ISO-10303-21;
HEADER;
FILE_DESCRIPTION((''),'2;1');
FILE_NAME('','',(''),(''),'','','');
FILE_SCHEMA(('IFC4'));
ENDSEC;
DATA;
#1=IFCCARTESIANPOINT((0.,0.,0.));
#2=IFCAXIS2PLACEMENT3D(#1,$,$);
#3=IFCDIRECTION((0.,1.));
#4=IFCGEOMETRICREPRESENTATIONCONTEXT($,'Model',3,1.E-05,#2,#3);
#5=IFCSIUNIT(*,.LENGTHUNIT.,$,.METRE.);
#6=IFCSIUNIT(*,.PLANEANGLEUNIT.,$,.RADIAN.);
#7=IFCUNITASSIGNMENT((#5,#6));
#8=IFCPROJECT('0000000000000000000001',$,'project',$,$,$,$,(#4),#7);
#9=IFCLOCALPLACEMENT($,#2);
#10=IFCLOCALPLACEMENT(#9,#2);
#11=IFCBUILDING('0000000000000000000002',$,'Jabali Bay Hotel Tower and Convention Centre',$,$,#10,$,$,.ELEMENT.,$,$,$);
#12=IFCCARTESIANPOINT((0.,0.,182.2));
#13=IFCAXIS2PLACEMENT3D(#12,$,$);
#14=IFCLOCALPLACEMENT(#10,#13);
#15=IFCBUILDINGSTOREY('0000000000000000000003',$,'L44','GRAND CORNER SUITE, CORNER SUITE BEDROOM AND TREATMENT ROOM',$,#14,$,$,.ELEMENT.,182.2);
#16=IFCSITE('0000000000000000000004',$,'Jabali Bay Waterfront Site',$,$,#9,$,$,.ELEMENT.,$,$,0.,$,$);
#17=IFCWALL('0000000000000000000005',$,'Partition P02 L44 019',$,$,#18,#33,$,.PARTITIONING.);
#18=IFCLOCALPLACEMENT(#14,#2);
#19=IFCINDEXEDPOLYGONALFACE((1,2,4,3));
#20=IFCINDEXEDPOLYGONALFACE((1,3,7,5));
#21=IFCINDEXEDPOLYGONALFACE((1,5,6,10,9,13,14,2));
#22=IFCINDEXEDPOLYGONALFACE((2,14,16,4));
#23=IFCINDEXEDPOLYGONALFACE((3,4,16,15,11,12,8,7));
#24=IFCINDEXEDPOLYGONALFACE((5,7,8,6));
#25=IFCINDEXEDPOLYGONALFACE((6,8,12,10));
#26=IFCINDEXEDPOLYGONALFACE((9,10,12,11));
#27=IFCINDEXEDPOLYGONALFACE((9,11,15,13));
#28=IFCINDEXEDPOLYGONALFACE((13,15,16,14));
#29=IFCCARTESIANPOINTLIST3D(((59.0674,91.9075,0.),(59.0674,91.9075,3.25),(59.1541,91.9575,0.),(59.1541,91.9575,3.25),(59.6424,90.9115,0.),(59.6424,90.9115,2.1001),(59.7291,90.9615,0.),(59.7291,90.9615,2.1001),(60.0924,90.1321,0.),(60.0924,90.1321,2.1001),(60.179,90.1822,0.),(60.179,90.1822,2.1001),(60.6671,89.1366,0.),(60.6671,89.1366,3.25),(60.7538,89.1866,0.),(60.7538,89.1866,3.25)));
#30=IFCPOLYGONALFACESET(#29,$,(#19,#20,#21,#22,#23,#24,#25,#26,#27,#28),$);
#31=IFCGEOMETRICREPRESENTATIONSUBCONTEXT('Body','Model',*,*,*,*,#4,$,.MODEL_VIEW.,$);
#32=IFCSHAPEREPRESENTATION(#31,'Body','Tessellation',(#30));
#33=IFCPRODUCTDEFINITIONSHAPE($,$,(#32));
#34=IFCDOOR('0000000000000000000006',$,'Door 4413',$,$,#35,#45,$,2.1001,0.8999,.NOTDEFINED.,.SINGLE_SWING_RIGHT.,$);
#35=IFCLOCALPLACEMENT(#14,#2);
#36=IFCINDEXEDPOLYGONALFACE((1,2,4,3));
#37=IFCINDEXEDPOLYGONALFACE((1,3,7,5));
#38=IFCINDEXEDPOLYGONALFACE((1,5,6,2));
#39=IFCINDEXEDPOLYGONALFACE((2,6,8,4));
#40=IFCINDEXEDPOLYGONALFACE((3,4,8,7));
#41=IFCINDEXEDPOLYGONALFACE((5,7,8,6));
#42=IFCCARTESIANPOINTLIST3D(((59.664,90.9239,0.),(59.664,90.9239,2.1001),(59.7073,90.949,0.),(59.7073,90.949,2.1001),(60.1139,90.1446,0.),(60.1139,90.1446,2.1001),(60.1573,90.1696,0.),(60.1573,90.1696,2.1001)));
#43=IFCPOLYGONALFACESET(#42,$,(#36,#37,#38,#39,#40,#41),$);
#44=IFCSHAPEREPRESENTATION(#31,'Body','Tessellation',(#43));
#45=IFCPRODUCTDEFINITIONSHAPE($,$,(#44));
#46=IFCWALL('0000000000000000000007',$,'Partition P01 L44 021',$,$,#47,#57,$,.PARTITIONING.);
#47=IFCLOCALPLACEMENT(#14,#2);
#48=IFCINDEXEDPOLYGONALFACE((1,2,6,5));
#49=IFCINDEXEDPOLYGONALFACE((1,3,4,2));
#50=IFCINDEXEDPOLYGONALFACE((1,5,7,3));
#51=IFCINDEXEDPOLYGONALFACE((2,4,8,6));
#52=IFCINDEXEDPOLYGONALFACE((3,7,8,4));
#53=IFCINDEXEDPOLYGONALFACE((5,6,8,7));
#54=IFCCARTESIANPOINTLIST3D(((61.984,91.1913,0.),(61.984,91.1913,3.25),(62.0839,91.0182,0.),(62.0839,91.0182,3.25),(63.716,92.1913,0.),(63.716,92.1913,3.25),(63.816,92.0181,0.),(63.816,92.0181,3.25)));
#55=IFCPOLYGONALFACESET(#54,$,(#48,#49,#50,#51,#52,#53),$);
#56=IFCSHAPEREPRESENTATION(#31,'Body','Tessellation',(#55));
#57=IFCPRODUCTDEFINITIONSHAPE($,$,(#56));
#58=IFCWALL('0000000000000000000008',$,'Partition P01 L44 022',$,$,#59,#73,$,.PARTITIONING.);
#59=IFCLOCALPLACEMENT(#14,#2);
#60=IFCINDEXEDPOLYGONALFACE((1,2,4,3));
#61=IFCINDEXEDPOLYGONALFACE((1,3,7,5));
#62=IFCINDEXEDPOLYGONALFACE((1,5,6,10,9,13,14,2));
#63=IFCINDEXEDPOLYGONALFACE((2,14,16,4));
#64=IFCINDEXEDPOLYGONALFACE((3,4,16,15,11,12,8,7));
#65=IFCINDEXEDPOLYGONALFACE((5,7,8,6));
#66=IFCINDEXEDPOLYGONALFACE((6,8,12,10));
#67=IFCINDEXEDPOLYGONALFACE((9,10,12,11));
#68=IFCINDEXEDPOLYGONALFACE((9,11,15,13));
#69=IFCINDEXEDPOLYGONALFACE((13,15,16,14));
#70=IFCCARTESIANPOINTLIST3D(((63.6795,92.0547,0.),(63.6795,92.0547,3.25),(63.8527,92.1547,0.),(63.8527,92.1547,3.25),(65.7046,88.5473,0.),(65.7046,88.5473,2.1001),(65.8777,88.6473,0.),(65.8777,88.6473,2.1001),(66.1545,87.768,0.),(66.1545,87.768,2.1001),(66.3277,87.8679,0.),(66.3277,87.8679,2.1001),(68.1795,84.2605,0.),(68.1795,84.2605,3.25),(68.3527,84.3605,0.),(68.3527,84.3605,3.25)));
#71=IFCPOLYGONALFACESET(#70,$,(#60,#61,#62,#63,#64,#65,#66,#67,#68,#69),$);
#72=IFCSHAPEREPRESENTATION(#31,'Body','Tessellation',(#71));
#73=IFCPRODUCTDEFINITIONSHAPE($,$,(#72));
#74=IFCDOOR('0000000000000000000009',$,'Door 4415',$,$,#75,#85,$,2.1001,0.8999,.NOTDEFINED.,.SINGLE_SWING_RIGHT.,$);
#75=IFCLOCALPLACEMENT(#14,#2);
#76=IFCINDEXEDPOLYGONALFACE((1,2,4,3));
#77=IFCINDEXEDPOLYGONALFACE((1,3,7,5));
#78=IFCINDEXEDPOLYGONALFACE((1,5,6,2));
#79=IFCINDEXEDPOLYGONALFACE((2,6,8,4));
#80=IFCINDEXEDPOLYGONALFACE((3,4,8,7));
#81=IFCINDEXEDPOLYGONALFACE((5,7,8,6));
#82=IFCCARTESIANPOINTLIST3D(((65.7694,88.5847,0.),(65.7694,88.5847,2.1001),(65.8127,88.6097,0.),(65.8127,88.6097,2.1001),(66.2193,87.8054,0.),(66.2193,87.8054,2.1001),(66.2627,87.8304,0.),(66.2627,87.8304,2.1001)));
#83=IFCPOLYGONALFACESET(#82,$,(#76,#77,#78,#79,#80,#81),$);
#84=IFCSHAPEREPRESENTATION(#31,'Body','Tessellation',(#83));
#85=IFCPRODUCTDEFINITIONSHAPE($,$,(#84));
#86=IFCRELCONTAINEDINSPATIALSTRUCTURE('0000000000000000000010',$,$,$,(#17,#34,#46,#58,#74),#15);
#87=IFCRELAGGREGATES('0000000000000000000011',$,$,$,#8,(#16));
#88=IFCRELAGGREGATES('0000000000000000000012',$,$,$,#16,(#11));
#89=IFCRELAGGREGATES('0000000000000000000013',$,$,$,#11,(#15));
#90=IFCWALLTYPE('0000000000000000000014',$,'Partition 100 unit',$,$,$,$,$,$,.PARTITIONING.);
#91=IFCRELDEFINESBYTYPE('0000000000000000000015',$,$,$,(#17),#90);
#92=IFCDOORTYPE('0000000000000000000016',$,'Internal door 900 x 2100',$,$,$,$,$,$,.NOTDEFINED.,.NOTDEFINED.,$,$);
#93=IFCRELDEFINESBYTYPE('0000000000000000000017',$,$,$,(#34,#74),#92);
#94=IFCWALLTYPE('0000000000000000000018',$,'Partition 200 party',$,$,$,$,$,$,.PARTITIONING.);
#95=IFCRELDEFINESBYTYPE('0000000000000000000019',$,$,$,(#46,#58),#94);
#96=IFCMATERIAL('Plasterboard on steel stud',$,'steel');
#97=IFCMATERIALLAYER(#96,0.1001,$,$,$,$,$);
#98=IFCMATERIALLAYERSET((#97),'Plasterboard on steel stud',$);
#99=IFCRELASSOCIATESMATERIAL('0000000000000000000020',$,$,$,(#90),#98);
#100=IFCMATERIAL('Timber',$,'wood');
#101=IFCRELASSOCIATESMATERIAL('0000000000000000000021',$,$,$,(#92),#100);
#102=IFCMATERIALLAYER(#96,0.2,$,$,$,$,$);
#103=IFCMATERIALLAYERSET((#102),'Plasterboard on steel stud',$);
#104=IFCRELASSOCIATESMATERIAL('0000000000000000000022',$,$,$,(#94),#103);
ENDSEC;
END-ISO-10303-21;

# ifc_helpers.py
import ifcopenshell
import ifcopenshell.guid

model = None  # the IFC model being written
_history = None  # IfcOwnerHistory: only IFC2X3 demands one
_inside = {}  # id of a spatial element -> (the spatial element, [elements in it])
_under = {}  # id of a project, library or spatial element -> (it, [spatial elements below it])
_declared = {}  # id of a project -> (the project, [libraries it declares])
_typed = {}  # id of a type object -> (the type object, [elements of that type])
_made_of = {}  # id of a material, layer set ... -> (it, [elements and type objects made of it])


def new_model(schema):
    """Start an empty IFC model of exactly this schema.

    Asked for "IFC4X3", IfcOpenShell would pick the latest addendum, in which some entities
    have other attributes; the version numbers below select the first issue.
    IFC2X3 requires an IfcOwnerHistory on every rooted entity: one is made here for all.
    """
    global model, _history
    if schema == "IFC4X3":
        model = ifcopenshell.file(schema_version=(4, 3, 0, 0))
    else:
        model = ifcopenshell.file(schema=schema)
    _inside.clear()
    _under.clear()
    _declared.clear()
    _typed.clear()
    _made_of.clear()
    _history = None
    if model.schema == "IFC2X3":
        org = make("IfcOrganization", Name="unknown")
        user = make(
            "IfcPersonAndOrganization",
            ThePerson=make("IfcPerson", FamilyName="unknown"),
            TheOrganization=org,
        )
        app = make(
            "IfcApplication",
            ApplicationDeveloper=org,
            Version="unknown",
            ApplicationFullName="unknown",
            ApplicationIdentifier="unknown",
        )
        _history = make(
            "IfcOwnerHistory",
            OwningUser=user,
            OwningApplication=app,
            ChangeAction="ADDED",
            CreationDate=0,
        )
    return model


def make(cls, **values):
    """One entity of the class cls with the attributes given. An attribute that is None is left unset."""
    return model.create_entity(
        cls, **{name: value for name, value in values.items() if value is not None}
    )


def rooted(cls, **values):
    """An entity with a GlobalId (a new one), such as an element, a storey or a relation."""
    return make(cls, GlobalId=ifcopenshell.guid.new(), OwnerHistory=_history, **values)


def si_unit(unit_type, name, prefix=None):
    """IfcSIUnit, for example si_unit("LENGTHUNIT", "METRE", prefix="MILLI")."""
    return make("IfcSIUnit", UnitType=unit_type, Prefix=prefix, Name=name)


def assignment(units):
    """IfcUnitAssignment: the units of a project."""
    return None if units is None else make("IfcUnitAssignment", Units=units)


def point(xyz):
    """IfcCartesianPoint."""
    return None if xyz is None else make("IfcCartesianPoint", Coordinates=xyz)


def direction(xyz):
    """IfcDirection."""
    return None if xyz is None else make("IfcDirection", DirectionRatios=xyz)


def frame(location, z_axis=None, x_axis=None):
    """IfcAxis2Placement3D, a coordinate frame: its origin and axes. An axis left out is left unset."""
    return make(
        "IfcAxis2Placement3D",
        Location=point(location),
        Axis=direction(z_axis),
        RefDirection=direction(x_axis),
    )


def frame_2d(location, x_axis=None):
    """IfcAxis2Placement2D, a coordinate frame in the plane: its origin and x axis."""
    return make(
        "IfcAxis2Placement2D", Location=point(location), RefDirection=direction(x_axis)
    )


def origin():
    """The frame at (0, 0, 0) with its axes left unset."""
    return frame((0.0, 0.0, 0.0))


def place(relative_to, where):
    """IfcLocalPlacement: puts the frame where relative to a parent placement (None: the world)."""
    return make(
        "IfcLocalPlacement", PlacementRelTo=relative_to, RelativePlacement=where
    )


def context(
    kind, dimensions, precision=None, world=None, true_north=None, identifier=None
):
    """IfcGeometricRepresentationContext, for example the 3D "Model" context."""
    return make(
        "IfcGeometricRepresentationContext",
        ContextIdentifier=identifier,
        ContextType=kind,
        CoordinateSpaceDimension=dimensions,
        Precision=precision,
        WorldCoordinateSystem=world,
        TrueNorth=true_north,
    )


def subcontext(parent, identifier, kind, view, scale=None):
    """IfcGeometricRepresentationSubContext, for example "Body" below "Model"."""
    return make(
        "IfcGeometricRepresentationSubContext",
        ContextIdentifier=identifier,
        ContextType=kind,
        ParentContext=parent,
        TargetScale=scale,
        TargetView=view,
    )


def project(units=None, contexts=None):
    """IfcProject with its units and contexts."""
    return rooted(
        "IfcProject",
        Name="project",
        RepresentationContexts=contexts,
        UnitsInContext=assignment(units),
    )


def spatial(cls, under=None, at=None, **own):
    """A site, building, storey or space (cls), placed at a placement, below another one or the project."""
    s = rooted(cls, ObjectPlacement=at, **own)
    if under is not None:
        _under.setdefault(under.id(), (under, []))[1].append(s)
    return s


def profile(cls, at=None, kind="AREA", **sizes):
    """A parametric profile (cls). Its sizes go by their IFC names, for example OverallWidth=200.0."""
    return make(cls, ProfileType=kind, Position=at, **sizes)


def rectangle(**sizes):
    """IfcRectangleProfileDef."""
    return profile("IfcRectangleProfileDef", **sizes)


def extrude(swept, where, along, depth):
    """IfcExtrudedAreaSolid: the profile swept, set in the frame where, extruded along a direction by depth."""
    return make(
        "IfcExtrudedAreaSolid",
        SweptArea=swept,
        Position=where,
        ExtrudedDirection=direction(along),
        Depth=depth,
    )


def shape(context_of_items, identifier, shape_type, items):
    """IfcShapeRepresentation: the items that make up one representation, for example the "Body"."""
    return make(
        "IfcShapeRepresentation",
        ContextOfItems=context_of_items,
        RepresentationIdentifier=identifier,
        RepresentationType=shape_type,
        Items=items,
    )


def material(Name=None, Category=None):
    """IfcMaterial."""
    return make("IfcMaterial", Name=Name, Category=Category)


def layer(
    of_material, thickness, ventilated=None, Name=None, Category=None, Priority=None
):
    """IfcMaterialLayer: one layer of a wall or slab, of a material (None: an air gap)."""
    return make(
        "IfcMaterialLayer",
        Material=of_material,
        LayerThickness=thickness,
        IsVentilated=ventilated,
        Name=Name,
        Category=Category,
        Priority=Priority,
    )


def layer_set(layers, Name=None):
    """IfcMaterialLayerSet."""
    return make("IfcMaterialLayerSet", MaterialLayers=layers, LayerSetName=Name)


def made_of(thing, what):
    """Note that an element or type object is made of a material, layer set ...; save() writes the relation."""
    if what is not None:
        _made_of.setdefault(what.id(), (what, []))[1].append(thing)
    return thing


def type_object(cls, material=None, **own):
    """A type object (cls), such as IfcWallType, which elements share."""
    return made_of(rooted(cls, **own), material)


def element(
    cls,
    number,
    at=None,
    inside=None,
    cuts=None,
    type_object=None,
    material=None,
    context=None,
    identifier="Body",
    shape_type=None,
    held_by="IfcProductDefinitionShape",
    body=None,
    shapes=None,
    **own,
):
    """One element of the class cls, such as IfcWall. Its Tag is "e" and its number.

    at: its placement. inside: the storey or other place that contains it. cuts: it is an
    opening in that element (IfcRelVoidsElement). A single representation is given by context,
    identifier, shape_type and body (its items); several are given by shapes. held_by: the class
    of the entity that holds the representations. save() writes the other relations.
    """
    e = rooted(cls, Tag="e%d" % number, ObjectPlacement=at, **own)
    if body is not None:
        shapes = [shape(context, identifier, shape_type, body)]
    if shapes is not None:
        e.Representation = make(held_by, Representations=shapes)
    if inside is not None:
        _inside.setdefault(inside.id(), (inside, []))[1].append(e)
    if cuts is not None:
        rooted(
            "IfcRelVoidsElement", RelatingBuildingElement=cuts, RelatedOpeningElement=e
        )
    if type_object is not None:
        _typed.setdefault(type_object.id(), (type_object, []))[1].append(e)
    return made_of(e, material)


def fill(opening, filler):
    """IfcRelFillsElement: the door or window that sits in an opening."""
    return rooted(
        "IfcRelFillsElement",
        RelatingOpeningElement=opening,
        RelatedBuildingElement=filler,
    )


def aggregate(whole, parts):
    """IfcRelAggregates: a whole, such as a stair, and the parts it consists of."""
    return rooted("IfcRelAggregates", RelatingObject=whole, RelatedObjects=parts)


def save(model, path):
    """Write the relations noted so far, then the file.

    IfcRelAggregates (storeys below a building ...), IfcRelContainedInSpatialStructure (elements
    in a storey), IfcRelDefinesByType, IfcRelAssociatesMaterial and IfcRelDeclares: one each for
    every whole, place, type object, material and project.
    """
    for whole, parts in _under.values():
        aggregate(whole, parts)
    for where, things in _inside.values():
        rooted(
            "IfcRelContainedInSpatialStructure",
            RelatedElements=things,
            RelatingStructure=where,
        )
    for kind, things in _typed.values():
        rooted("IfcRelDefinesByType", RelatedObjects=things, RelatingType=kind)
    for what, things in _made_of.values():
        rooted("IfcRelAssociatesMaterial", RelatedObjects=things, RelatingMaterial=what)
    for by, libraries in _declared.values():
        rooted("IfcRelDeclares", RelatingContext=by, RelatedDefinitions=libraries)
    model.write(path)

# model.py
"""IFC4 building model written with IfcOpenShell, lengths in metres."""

from ifc_helpers import new_model, si_unit, direction, frame, frame_2d, origin, place, context, subcontext, project, spatial, rectangle, extrude, material, layer, layer_set, type_object, element, fill, save


model = new_model("IFC4")

# Units and contexts
model_context = context("Model", 3, precision=1e-05, world=origin(), true_north=direction((0.0, 1.0)))
body_context = subcontext(model_context, "Body", "Model", "MODEL_VIEW")
ifc_project = project(units=[si_unit("LENGTHUNIT", "METRE"), si_unit("PLANEANGLEUNIT", "RADIAN")], contexts=[model_context])

# Site, building, storey
site_placement = place(None, origin())
site = spatial("IfcSite", under=ifc_project, at=site_placement, Name="Jabali Bay Waterfront Site", CompositionType="ELEMENT", RefElevation=0.0)
building_placement = place(site_placement, origin())
building = spatial("IfcBuilding", under=site, at=building_placement, Name="Jabali Bay Hotel Tower and Convention Centre", CompositionType="ELEMENT")
storey_placement = place(building_placement, frame((0.0, 0.0, 182.2)))
storey = spatial("IfcBuildingStorey", under=building, at=storey_placement, Name="L44", Description="GRAND CORNER SUITE, CORNER SUITE BEDROOM AND TREATMENT ROOM", CompositionType="ELEMENT", Elevation=182.2)

# Wall, opening, door
ifc_material_1 = material(Name="Plasterboard on steel stud", Category="steel")
ifc_layer_1 = layer(ifc_material_1, 0.1001)
ifc_layer_set_1 = layer_set([ifc_layer_1], Name="Plasterboard on steel stud")
wall_type_1 = type_object("IfcWallType", Name="Partition 100 unit", PredefinedType="PARTITIONING", material=ifc_layer_set_1)
wall_1_placement = place(storey_placement, frame((59.1108, 91.9324, 0.0), z_axis=(0.0, 0.0, 1.0), x_axis=(0.49998, -0.866037, 0.0)))
wall_1 = element("IfcWall", 1, at=wall_1_placement, inside=storey, type_object=wall_type_1, Name="Partition P02 L44 019", PredefinedType="PARTITIONING", context=body_context, shape_type="SweptSolid", body=[
    extrude(rectangle(XDim=3.1995, YDim=0.1001, at=frame_2d((1.5996, 0.0))), origin(), (0.0, 0.0, 1.0), 3.25),
])
opening_1_placement = place(wall_1_placement, frame((1.1499, 0.0, 0.0)))
opening_1 = element("IfcOpeningElement", 2, at=opening_1_placement, cuts=wall_1, PredefinedType="OPENING", context=body_context, shape_type="SweptSolid", body=[
    extrude(rectangle(XDim=0.8999, YDim=2.1001, at=frame_2d((0.45, 1.05))), frame((0.0, 0.0605, 0.0), z_axis=(0.0, -1.0, 0.0), x_axis=(1.0, 0.0, 0.0)), (0.0, 0.0, 1.0), 0.1211),
])
ifc_material_2 = material(Name="Timber", Category="wood")
door_type_1 = type_object("IfcDoorType", Name="Internal door 900 x 2100", OperationType="NOTDEFINED", PredefinedType="NOTDEFINED", material=ifc_material_2)
door_1_placement = place(opening_1_placement, origin())
door_1 = element("IfcDoor", 3, at=door_1_placement, inside=storey, type_object=door_type_1, Name="Door 4413", OperationType="SINGLE_SWING_RIGHT", OverallHeight=2.1001, OverallWidth=0.8999, PredefinedType="NOTDEFINED", context=body_context, shape_type="SweptSolid", body=[
    extrude(rectangle(XDim=0.8999, YDim=2.1001, at=frame_2d((0.45, 1.05))), frame((0.0, 0.0249, 0.0), z_axis=(0.0, -1.0, 0.0), x_axis=(1.0, 0.0, 0.0)), (0.0, 0.0, 1.0), 0.05),
])
fill(opening_1, door_1)

# Wall
ifc_layer_2 = layer(ifc_material_1, 0.2)
ifc_layer_set_2 = layer_set([ifc_layer_2], Name="Plasterboard on steel stud")
wall_type_2 = type_object("IfcWallType", Name="Partition 200 party", PredefinedType="PARTITIONING", material=ifc_layer_set_2)
wall_2_placement = place(storey_placement, frame((62.0339, 91.1047, 0.0), z_axis=(0.0, 0.0, 1.0), x_axis=(0.866041, 0.499973, 0.0)))
element("IfcWall", 4, at=wall_2_placement, inside=storey, type_object=wall_type_2, Name="Partition P01 L44 021", PredefinedType="PARTITIONING", context=body_context, shape_type="SweptSolid", body=[
    extrude(rectangle(XDim=2.0, YDim=0.2, at=frame_2d((1.0, 0.0))), origin(), (0.0, 0.0, 1.0), 3.25),
])

# Wall, opening, door
wall_3_placement = place(storey_placement, frame((63.7661, 92.1047, 0.0), z_axis=(0.0, 0.0, 1.0), x_axis=(0.500002, -0.866024, 0.0)))
wall_3 = element("IfcWall", 5, at=wall_3_placement, inside=storey, type_object=wall_type_2, Name="Partition P01 L44 022", PredefinedType="PARTITIONING", context=body_context, shape_type="SweptSolid", body=[
    extrude(rectangle(XDim=9.0, YDim=0.2, at=frame_2d((4.5, 0.0))), origin(), (0.0, 0.0, 1.0), 3.25),
])
opening_2_placement = place(wall_3_placement, frame((4.05, 0.0, 0.0)))
opening_2 = element("IfcOpeningElement", 6, at=opening_2_placement, cuts=wall_3, PredefinedType="OPENING", context=body_context, shape_type="SweptSolid", body=[
    extrude(rectangle(XDim=0.8999, YDim=2.1001, at=frame_2d((0.45, 1.05))), frame((0.0, 0.1104, 0.0), z_axis=(0.0, -1.0, 0.0), x_axis=(1.0, 0.0, 0.0)), (0.0, 0.0, 1.0), 0.2209),
])
door_2_placement = place(opening_2_placement, origin())
door_2 = element("IfcDoor", 7, at=door_2_placement, inside=storey, type_object=door_type_1, Name="Door 4415", OperationType="SINGLE_SWING_RIGHT", OverallHeight=2.1001, OverallWidth=0.8999, PredefinedType="NOTDEFINED", context=body_context, shape_type="SweptSolid", body=[
    extrude(rectangle(XDim=0.8999, YDim=2.1001, at=frame_2d((0.45, 1.05))), frame((0.0, 0.0249, 0.0), z_axis=(0.0, -1.0, 0.0), x_axis=(1.0, 0.0, 0.0)), (0.0, 0.0, 1.0), 0.05),
])
fill(opening_2, door_2)

save(model, "model.ifc")
